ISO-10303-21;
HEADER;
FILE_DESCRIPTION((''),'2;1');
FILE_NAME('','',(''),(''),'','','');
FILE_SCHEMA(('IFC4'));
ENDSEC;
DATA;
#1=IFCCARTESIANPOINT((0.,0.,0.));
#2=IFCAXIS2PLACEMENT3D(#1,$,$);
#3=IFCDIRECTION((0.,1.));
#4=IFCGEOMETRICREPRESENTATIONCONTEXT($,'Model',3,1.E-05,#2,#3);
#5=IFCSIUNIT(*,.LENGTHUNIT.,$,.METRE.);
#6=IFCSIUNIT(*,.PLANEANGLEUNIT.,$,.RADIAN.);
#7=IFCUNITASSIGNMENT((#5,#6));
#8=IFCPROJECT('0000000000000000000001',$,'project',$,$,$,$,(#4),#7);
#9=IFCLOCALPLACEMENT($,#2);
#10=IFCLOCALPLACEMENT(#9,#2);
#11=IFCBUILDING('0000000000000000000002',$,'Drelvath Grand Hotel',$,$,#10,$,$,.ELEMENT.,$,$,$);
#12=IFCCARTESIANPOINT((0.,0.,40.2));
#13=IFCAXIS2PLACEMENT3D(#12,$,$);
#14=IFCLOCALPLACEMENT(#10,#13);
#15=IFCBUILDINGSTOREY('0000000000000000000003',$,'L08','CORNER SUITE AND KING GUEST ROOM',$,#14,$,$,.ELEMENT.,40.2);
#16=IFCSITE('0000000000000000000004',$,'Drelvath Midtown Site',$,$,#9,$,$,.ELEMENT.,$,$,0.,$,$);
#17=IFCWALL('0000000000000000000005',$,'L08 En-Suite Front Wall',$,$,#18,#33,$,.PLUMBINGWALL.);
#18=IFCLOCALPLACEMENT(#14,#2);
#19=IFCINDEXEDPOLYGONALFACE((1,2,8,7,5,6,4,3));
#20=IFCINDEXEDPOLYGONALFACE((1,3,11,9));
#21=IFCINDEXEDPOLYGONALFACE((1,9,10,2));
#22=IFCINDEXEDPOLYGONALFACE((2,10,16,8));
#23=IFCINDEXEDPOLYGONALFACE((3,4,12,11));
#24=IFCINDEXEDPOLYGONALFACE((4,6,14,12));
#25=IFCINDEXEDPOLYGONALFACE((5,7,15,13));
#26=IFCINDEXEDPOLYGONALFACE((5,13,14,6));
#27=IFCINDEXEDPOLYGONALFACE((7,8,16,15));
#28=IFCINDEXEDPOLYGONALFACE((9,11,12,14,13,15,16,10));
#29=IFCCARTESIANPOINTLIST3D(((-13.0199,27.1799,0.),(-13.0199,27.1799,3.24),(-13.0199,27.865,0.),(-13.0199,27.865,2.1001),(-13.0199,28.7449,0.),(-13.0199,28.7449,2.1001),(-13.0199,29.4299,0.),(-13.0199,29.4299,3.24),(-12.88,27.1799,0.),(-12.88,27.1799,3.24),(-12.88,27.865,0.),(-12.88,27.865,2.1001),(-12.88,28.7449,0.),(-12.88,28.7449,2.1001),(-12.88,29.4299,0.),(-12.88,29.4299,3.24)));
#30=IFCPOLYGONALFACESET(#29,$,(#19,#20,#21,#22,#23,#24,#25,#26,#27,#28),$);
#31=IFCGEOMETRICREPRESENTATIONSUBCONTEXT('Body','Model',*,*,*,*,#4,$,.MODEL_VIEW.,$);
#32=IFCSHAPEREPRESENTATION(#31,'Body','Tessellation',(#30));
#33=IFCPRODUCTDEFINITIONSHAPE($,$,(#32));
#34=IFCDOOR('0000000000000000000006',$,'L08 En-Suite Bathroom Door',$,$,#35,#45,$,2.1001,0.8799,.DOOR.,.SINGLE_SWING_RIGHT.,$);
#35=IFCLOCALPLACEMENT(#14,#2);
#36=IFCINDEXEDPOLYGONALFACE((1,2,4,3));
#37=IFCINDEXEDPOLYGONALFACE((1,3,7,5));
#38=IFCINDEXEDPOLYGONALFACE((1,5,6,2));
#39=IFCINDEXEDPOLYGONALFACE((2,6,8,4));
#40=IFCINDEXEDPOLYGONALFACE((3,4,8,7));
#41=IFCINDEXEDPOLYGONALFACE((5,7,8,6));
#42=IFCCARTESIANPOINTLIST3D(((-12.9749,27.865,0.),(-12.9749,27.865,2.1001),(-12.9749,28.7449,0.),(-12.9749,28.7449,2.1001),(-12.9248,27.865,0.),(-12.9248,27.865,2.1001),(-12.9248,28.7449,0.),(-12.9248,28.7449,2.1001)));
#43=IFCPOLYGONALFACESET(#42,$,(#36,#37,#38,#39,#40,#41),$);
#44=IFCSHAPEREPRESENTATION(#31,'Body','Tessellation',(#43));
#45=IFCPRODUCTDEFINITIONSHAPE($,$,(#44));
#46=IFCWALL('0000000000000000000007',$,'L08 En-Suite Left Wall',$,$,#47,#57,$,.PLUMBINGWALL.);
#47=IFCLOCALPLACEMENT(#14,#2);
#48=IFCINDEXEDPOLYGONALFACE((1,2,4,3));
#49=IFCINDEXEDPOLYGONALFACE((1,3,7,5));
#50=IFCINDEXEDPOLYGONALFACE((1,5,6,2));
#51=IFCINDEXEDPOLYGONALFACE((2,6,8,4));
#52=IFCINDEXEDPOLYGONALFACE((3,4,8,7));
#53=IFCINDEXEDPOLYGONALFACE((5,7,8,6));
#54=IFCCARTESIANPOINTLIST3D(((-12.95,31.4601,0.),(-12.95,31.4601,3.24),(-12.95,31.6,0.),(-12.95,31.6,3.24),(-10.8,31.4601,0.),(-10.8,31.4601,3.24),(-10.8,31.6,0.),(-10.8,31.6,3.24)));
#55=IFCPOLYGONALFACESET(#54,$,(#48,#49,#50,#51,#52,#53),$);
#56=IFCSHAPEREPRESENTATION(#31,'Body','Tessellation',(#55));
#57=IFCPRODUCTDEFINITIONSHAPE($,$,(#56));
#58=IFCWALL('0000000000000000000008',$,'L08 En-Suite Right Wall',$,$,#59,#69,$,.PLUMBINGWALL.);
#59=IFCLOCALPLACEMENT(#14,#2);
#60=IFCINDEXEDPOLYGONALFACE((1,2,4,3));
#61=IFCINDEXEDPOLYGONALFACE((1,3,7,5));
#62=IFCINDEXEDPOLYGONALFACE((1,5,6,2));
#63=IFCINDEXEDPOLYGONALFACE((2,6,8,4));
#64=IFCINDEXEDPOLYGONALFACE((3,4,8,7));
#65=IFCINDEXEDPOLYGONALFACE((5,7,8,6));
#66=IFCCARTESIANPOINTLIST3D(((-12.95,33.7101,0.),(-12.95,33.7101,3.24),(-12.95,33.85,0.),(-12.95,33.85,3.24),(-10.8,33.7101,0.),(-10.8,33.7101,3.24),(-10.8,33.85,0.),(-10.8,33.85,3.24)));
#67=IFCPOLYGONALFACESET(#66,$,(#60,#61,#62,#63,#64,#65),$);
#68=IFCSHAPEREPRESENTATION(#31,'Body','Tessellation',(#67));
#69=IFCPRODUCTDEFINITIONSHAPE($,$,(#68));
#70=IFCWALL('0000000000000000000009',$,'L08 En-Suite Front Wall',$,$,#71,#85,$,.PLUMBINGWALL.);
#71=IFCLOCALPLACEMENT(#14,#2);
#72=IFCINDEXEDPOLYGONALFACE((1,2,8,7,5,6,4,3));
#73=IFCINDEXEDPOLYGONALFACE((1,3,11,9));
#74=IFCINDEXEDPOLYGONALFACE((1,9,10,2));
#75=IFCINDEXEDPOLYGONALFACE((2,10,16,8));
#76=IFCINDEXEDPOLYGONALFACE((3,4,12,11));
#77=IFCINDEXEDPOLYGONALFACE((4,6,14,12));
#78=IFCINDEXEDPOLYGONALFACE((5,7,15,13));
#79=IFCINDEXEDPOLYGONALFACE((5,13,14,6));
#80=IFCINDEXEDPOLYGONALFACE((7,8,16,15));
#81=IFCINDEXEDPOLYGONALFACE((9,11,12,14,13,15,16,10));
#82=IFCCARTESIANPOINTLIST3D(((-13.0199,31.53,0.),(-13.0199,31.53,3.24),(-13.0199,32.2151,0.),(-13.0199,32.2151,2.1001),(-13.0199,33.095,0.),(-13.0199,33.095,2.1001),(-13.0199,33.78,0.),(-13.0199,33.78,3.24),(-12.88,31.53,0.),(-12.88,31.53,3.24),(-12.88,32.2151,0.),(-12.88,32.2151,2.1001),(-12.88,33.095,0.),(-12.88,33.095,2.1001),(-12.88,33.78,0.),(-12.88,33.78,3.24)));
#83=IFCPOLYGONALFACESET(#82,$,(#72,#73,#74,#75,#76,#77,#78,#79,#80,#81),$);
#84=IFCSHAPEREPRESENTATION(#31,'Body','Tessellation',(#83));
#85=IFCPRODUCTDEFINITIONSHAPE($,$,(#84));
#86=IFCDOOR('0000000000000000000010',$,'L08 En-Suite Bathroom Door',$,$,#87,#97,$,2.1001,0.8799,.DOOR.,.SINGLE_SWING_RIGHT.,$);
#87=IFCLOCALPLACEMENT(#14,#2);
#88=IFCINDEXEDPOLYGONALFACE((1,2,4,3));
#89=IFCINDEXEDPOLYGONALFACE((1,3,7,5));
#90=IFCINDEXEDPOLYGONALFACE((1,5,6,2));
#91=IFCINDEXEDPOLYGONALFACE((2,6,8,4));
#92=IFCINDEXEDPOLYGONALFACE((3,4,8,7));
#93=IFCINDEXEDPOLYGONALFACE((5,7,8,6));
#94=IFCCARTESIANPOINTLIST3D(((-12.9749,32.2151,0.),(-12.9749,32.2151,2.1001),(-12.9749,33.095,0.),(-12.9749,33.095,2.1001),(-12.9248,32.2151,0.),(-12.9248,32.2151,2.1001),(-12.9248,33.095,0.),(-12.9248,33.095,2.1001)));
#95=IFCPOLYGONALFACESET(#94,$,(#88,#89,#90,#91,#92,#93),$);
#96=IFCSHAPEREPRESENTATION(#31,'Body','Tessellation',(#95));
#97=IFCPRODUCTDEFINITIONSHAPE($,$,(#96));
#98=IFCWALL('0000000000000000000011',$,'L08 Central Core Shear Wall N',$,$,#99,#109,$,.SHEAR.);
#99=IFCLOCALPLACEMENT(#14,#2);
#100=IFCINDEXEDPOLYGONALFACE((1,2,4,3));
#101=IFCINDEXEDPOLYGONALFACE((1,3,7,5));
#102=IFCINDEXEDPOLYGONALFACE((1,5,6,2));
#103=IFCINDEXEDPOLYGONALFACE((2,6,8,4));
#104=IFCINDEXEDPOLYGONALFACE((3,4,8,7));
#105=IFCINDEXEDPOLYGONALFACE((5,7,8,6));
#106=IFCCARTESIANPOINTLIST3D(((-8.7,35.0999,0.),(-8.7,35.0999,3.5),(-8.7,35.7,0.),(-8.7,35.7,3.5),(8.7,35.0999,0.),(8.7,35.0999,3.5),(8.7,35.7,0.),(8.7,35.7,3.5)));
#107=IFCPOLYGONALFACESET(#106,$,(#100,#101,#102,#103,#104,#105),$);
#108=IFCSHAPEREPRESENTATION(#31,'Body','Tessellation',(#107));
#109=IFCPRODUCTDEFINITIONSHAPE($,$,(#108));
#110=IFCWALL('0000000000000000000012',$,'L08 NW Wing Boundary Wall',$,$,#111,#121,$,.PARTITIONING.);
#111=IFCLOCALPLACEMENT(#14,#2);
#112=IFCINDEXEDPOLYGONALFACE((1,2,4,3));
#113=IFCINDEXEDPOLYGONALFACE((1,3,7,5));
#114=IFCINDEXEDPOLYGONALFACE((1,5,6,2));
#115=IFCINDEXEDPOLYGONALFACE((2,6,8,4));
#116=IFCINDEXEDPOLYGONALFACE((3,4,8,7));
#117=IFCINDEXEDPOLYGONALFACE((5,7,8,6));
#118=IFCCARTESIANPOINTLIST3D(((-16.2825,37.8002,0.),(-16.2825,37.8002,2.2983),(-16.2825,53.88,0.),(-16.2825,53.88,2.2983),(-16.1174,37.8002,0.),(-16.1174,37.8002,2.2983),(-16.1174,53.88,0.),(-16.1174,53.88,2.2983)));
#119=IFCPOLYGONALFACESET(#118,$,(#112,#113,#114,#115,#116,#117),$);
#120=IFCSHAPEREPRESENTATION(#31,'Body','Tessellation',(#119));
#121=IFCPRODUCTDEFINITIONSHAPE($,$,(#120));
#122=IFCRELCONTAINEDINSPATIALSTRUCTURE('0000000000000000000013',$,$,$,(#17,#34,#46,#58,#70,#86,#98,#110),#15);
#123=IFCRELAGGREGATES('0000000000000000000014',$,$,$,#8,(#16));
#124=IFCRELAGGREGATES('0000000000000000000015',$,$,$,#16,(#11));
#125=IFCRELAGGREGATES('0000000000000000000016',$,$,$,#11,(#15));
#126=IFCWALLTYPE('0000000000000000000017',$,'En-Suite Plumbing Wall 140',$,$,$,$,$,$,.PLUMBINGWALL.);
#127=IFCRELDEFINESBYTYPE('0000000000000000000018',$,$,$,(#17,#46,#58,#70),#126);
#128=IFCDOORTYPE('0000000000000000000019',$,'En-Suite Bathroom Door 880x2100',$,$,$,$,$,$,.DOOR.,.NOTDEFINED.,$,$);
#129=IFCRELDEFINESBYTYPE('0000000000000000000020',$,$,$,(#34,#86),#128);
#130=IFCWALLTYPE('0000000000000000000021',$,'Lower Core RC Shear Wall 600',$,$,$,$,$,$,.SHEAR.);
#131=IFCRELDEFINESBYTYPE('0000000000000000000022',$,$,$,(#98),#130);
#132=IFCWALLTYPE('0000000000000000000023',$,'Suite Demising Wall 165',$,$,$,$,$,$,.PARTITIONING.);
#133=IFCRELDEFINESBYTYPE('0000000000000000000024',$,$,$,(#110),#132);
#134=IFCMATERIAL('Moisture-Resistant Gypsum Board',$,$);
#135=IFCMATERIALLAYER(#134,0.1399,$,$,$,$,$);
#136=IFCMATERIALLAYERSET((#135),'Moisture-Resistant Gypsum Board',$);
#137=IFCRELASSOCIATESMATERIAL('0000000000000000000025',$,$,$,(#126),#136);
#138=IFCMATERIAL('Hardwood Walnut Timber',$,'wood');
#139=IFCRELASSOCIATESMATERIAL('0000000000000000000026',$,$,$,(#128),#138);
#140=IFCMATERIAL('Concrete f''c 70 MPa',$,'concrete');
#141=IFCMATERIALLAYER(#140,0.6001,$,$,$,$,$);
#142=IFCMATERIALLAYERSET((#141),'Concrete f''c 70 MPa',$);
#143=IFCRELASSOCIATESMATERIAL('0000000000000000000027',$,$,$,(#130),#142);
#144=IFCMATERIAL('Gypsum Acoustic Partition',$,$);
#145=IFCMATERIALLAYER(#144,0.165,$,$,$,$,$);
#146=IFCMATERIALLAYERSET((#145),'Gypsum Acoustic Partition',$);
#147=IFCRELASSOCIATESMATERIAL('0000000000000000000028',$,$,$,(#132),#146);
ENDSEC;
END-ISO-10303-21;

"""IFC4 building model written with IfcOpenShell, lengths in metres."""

from ifc_helpers import new_model, si_unit, direction, frame, frame_2d, origin, place, context, subcontext, project, spatial, rectangle, extrude, material, layer, layer_set, type_object, element, fill, save


model = new_model("IFC4")

# Units and contexts
model_context = context("Model", 3, precision=1e-05, world=origin(), true_north=direction((0.0, 1.0)))
body_context = subcontext(model_context, "Body", "Model", "MODEL_VIEW")
ifc_project = project(units=[si_unit("LENGTHUNIT", "METRE"), si_unit("PLANEANGLEUNIT", "RADIAN")], contexts=[model_context])

# Site, building, storey
site_placement = place(None, origin())
site = spatial("IfcSite", under=ifc_project, at=site_placement, Name="Drelvath Midtown Site", CompositionType="ELEMENT", RefElevation=0.0)
building_placement = place(site_placement, origin())
building = spatial("IfcBuilding", under=site, at=building_placement, Name="Drelvath Grand Hotel", CompositionType="ELEMENT")
storey_placement = place(building_placement, frame((0.0, 0.0, 40.2)))
storey = spatial("IfcBuildingStorey", under=building, at=storey_placement, Name="L08", Description="CORNER SUITE AND KING GUEST ROOM", CompositionType="ELEMENT", Elevation=40.2)

# Shared definitions
ifc_material_1 = material(Name="Hardwood Walnut Timber", Category="wood")

# Shared definitions
ifc_material_2 = material(Name="Moisture-Resistant Gypsum Board")
ifc_layer_1 = layer(ifc_material_2, 0.1399)
ifc_layer_set_1 = layer_set([ifc_layer_1], Name="Moisture-Resistant Gypsum Board")
wall_type_1 = type_object("IfcWallType", Name="En-Suite Plumbing Wall 140", PredefinedType="PLUMBINGWALL", material=ifc_layer_set_1)

# Wall, opening, door
wall_1_placement = place(storey_placement, frame((-12.95, 27.1799, 0.0), z_axis=(0.0, 0.0, 1.0), x_axis=(0.0, 1.0, 0.0)))
wall_1 = element("IfcWall", 1, at=wall_1_placement, inside=storey, type_object=wall_type_1, Name="L08 En-Suite Front Wall", PredefinedType="PLUMBINGWALL", context=body_context, shape_type="SweptSolid", body=[
    extrude(rectangle(XDim=2.25, YDim=0.1399, at=frame_2d((1.125, 0.0))), origin(), (0.0, 0.0, 1.0), 3.24),
])
opening_1_placement = place(wall_1_placement, frame((0.6851, 0.0, 0.0)))
opening_1 = element("IfcOpeningElement", 2, at=opening_1_placement, cuts=wall_1, PredefinedType="OPENING", context=body_context, shape_type="SweptSolid", body=[
    extrude(rectangle(XDim=0.8799, YDim=2.1001, at=frame_2d((0.4399, 1.05))), frame((0.0, 0.0798, 0.0), z_axis=(0.0, -1.0, 0.0), x_axis=(1.0, 0.0, 0.0)), (0.0, 0.0, 1.0), 0.1599),
])
door_type_1 = type_object("IfcDoorType", Name="En-Suite Bathroom Door 880x2100", OperationType="NOTDEFINED", PredefinedType="DOOR", material=ifc_material_1)
door_1_placement = place(opening_1_placement, origin())
door_1 = element("IfcDoor", 3, at=door_1_placement, inside=storey, type_object=door_type_1, Name="L08 En-Suite Bathroom Door", OperationType="SINGLE_SWING_RIGHT", OverallHeight=2.1001, OverallWidth=0.8799, PredefinedType="DOOR", context=body_context, shape_type="SweptSolid", body=[
    extrude(rectangle(XDim=0.8799, YDim=2.1001, at=frame_2d((0.4399, 1.05))), frame((0.0, 0.0249, 0.0), z_axis=(0.0, -1.0, 0.0), x_axis=(1.0, 0.0, 0.0)), (0.0, 0.0, 1.0), 0.05),
])
fill(opening_1, door_1)

# Walls
for number, where, z_axis, x_axis, name in (
    (4, (-10.8, 31.53, 0.0), (0.0, 0.0, 1.0), (-1.0, 0.0, 0.0), "L08 En-Suite Left Wall"),
    (5, (-10.8, 33.78, 0.0), (0.0, 0.0, 1.0), (-1.0, 0.0, 0.0), "L08 En-Suite Right Wall"),
):
    element("IfcWall", number, at=place(storey_placement, frame(where, z_axis=z_axis, x_axis=x_axis)), inside=storey, type_object=wall_type_1, Name=name, PredefinedType="PLUMBINGWALL", context=body_context, shape_type="SweptSolid", body=[
        extrude(rectangle(XDim=2.1499, YDim=0.1399, at=frame_2d((1.075, 0.0))), origin(), (0.0, 0.0, 1.0), 3.24),
    ])

# Wall, opening, door
wall_2_placement = place(storey_placement, frame((-12.95, 31.53, 0.0), z_axis=(0.0, 0.0, 1.0), x_axis=(0.0, 1.0, 0.0)))
wall_2 = element("IfcWall", 6, at=wall_2_placement, inside=storey, type_object=wall_type_1, Name="L08 En-Suite Front Wall", PredefinedType="PLUMBINGWALL", context=body_context, shape_type="SweptSolid", body=[
    extrude(rectangle(XDim=2.25, YDim=0.1399, at=frame_2d((1.125, 0.0))), origin(), (0.0, 0.0, 1.0), 3.24),
])
opening_2_placement = place(wall_2_placement, frame((0.6851, 0.0, 0.0)))
opening_2 = element("IfcOpeningElement", 7, at=opening_2_placement, cuts=wall_2, PredefinedType="OPENING", context=body_context, shape_type="SweptSolid", body=[
    extrude(rectangle(XDim=0.8799, YDim=2.1001, at=frame_2d((0.4399, 1.05))), frame((0.0, 0.0798, 0.0), z_axis=(0.0, -1.0, 0.0), x_axis=(1.0, 0.0, 0.0)), (0.0, 0.0, 1.0), 0.1599),
])
door_2_placement = place(opening_2_placement, origin())
door_2 = element("IfcDoor", 8, at=door_2_placement, inside=storey, type_object=door_type_1, Name="L08 En-Suite Bathroom Door", OperationType="SINGLE_SWING_RIGHT", OverallHeight=2.1001, OverallWidth=0.8799, PredefinedType="DOOR", context=body_context, shape_type="SweptSolid", body=[
    extrude(rectangle(XDim=0.8799, YDim=2.1001, at=frame_2d((0.4399, 1.05))), frame((0.0, 0.0249, 0.0), z_axis=(0.0, -1.0, 0.0), x_axis=(1.0, 0.0, 0.0)), (0.0, 0.0, 1.0), 0.05),
])
fill(opening_2, door_2)

# Walls
ifc_material_3 = material(Name="Concrete f'c 70 MPa", Category="concrete")
ifc_layer_2 = layer(ifc_material_3, 0.6001)
ifc_layer_set_2 = layer_set([ifc_layer_2], Name="Concrete f'c 70 MPa")
wall_type_2 = type_object("IfcWallType", Name="Lower Core RC Shear Wall 600", PredefinedType="SHEAR", material=ifc_layer_set_2)
wall_3_placement = place(storey_placement, frame((-8.7, 35.3999, 0.0), z_axis=(0.0, 0.0, 1.0), x_axis=(1.0, 0.0, 0.0)))
element("IfcWall", 9, at=wall_3_placement, inside=storey, type_object=wall_type_2, Name="L08 Central Core Shear Wall N", PredefinedType="SHEAR", context=body_context, shape_type="SweptSolid", body=[
    extrude(rectangle(XDim=17.3999, YDim=0.6001, at=frame_2d((8.7, 0.0))), origin(), (0.0, 0.0, 1.0), 3.5),
])
ifc_material_4 = material(Name="Gypsum Acoustic Partition")
ifc_layer_3 = layer(ifc_material_4, 0.165)
ifc_layer_set_3 = layer_set([ifc_layer_3], Name="Gypsum Acoustic Partition")
wall_type_3 = type_object("IfcWallType", Name="Suite Demising Wall 165", PredefinedType="PARTITIONING", material=ifc_layer_set_3)
wall_4_placement = place(storey_placement, frame((-16.2, 37.8, 0.0), z_axis=(0.0, 0.0, 1.0), x_axis=(0.0, 1.0, 0.0)))
element("IfcWall", 10, at=wall_4_placement, inside=storey, type_object=wall_type_3, Name="L08 NW Wing Boundary Wall", PredefinedType="PARTITIONING", context=body_context, shape_type="SweptSolid", body=[
    extrude(rectangle(XDim=16.0798, YDim=0.165, at=frame_2d((8.04, 0.0))), origin(), (0.0, 0.0, 1.0), 2.2983),
])

save(model, "model.ifc")
